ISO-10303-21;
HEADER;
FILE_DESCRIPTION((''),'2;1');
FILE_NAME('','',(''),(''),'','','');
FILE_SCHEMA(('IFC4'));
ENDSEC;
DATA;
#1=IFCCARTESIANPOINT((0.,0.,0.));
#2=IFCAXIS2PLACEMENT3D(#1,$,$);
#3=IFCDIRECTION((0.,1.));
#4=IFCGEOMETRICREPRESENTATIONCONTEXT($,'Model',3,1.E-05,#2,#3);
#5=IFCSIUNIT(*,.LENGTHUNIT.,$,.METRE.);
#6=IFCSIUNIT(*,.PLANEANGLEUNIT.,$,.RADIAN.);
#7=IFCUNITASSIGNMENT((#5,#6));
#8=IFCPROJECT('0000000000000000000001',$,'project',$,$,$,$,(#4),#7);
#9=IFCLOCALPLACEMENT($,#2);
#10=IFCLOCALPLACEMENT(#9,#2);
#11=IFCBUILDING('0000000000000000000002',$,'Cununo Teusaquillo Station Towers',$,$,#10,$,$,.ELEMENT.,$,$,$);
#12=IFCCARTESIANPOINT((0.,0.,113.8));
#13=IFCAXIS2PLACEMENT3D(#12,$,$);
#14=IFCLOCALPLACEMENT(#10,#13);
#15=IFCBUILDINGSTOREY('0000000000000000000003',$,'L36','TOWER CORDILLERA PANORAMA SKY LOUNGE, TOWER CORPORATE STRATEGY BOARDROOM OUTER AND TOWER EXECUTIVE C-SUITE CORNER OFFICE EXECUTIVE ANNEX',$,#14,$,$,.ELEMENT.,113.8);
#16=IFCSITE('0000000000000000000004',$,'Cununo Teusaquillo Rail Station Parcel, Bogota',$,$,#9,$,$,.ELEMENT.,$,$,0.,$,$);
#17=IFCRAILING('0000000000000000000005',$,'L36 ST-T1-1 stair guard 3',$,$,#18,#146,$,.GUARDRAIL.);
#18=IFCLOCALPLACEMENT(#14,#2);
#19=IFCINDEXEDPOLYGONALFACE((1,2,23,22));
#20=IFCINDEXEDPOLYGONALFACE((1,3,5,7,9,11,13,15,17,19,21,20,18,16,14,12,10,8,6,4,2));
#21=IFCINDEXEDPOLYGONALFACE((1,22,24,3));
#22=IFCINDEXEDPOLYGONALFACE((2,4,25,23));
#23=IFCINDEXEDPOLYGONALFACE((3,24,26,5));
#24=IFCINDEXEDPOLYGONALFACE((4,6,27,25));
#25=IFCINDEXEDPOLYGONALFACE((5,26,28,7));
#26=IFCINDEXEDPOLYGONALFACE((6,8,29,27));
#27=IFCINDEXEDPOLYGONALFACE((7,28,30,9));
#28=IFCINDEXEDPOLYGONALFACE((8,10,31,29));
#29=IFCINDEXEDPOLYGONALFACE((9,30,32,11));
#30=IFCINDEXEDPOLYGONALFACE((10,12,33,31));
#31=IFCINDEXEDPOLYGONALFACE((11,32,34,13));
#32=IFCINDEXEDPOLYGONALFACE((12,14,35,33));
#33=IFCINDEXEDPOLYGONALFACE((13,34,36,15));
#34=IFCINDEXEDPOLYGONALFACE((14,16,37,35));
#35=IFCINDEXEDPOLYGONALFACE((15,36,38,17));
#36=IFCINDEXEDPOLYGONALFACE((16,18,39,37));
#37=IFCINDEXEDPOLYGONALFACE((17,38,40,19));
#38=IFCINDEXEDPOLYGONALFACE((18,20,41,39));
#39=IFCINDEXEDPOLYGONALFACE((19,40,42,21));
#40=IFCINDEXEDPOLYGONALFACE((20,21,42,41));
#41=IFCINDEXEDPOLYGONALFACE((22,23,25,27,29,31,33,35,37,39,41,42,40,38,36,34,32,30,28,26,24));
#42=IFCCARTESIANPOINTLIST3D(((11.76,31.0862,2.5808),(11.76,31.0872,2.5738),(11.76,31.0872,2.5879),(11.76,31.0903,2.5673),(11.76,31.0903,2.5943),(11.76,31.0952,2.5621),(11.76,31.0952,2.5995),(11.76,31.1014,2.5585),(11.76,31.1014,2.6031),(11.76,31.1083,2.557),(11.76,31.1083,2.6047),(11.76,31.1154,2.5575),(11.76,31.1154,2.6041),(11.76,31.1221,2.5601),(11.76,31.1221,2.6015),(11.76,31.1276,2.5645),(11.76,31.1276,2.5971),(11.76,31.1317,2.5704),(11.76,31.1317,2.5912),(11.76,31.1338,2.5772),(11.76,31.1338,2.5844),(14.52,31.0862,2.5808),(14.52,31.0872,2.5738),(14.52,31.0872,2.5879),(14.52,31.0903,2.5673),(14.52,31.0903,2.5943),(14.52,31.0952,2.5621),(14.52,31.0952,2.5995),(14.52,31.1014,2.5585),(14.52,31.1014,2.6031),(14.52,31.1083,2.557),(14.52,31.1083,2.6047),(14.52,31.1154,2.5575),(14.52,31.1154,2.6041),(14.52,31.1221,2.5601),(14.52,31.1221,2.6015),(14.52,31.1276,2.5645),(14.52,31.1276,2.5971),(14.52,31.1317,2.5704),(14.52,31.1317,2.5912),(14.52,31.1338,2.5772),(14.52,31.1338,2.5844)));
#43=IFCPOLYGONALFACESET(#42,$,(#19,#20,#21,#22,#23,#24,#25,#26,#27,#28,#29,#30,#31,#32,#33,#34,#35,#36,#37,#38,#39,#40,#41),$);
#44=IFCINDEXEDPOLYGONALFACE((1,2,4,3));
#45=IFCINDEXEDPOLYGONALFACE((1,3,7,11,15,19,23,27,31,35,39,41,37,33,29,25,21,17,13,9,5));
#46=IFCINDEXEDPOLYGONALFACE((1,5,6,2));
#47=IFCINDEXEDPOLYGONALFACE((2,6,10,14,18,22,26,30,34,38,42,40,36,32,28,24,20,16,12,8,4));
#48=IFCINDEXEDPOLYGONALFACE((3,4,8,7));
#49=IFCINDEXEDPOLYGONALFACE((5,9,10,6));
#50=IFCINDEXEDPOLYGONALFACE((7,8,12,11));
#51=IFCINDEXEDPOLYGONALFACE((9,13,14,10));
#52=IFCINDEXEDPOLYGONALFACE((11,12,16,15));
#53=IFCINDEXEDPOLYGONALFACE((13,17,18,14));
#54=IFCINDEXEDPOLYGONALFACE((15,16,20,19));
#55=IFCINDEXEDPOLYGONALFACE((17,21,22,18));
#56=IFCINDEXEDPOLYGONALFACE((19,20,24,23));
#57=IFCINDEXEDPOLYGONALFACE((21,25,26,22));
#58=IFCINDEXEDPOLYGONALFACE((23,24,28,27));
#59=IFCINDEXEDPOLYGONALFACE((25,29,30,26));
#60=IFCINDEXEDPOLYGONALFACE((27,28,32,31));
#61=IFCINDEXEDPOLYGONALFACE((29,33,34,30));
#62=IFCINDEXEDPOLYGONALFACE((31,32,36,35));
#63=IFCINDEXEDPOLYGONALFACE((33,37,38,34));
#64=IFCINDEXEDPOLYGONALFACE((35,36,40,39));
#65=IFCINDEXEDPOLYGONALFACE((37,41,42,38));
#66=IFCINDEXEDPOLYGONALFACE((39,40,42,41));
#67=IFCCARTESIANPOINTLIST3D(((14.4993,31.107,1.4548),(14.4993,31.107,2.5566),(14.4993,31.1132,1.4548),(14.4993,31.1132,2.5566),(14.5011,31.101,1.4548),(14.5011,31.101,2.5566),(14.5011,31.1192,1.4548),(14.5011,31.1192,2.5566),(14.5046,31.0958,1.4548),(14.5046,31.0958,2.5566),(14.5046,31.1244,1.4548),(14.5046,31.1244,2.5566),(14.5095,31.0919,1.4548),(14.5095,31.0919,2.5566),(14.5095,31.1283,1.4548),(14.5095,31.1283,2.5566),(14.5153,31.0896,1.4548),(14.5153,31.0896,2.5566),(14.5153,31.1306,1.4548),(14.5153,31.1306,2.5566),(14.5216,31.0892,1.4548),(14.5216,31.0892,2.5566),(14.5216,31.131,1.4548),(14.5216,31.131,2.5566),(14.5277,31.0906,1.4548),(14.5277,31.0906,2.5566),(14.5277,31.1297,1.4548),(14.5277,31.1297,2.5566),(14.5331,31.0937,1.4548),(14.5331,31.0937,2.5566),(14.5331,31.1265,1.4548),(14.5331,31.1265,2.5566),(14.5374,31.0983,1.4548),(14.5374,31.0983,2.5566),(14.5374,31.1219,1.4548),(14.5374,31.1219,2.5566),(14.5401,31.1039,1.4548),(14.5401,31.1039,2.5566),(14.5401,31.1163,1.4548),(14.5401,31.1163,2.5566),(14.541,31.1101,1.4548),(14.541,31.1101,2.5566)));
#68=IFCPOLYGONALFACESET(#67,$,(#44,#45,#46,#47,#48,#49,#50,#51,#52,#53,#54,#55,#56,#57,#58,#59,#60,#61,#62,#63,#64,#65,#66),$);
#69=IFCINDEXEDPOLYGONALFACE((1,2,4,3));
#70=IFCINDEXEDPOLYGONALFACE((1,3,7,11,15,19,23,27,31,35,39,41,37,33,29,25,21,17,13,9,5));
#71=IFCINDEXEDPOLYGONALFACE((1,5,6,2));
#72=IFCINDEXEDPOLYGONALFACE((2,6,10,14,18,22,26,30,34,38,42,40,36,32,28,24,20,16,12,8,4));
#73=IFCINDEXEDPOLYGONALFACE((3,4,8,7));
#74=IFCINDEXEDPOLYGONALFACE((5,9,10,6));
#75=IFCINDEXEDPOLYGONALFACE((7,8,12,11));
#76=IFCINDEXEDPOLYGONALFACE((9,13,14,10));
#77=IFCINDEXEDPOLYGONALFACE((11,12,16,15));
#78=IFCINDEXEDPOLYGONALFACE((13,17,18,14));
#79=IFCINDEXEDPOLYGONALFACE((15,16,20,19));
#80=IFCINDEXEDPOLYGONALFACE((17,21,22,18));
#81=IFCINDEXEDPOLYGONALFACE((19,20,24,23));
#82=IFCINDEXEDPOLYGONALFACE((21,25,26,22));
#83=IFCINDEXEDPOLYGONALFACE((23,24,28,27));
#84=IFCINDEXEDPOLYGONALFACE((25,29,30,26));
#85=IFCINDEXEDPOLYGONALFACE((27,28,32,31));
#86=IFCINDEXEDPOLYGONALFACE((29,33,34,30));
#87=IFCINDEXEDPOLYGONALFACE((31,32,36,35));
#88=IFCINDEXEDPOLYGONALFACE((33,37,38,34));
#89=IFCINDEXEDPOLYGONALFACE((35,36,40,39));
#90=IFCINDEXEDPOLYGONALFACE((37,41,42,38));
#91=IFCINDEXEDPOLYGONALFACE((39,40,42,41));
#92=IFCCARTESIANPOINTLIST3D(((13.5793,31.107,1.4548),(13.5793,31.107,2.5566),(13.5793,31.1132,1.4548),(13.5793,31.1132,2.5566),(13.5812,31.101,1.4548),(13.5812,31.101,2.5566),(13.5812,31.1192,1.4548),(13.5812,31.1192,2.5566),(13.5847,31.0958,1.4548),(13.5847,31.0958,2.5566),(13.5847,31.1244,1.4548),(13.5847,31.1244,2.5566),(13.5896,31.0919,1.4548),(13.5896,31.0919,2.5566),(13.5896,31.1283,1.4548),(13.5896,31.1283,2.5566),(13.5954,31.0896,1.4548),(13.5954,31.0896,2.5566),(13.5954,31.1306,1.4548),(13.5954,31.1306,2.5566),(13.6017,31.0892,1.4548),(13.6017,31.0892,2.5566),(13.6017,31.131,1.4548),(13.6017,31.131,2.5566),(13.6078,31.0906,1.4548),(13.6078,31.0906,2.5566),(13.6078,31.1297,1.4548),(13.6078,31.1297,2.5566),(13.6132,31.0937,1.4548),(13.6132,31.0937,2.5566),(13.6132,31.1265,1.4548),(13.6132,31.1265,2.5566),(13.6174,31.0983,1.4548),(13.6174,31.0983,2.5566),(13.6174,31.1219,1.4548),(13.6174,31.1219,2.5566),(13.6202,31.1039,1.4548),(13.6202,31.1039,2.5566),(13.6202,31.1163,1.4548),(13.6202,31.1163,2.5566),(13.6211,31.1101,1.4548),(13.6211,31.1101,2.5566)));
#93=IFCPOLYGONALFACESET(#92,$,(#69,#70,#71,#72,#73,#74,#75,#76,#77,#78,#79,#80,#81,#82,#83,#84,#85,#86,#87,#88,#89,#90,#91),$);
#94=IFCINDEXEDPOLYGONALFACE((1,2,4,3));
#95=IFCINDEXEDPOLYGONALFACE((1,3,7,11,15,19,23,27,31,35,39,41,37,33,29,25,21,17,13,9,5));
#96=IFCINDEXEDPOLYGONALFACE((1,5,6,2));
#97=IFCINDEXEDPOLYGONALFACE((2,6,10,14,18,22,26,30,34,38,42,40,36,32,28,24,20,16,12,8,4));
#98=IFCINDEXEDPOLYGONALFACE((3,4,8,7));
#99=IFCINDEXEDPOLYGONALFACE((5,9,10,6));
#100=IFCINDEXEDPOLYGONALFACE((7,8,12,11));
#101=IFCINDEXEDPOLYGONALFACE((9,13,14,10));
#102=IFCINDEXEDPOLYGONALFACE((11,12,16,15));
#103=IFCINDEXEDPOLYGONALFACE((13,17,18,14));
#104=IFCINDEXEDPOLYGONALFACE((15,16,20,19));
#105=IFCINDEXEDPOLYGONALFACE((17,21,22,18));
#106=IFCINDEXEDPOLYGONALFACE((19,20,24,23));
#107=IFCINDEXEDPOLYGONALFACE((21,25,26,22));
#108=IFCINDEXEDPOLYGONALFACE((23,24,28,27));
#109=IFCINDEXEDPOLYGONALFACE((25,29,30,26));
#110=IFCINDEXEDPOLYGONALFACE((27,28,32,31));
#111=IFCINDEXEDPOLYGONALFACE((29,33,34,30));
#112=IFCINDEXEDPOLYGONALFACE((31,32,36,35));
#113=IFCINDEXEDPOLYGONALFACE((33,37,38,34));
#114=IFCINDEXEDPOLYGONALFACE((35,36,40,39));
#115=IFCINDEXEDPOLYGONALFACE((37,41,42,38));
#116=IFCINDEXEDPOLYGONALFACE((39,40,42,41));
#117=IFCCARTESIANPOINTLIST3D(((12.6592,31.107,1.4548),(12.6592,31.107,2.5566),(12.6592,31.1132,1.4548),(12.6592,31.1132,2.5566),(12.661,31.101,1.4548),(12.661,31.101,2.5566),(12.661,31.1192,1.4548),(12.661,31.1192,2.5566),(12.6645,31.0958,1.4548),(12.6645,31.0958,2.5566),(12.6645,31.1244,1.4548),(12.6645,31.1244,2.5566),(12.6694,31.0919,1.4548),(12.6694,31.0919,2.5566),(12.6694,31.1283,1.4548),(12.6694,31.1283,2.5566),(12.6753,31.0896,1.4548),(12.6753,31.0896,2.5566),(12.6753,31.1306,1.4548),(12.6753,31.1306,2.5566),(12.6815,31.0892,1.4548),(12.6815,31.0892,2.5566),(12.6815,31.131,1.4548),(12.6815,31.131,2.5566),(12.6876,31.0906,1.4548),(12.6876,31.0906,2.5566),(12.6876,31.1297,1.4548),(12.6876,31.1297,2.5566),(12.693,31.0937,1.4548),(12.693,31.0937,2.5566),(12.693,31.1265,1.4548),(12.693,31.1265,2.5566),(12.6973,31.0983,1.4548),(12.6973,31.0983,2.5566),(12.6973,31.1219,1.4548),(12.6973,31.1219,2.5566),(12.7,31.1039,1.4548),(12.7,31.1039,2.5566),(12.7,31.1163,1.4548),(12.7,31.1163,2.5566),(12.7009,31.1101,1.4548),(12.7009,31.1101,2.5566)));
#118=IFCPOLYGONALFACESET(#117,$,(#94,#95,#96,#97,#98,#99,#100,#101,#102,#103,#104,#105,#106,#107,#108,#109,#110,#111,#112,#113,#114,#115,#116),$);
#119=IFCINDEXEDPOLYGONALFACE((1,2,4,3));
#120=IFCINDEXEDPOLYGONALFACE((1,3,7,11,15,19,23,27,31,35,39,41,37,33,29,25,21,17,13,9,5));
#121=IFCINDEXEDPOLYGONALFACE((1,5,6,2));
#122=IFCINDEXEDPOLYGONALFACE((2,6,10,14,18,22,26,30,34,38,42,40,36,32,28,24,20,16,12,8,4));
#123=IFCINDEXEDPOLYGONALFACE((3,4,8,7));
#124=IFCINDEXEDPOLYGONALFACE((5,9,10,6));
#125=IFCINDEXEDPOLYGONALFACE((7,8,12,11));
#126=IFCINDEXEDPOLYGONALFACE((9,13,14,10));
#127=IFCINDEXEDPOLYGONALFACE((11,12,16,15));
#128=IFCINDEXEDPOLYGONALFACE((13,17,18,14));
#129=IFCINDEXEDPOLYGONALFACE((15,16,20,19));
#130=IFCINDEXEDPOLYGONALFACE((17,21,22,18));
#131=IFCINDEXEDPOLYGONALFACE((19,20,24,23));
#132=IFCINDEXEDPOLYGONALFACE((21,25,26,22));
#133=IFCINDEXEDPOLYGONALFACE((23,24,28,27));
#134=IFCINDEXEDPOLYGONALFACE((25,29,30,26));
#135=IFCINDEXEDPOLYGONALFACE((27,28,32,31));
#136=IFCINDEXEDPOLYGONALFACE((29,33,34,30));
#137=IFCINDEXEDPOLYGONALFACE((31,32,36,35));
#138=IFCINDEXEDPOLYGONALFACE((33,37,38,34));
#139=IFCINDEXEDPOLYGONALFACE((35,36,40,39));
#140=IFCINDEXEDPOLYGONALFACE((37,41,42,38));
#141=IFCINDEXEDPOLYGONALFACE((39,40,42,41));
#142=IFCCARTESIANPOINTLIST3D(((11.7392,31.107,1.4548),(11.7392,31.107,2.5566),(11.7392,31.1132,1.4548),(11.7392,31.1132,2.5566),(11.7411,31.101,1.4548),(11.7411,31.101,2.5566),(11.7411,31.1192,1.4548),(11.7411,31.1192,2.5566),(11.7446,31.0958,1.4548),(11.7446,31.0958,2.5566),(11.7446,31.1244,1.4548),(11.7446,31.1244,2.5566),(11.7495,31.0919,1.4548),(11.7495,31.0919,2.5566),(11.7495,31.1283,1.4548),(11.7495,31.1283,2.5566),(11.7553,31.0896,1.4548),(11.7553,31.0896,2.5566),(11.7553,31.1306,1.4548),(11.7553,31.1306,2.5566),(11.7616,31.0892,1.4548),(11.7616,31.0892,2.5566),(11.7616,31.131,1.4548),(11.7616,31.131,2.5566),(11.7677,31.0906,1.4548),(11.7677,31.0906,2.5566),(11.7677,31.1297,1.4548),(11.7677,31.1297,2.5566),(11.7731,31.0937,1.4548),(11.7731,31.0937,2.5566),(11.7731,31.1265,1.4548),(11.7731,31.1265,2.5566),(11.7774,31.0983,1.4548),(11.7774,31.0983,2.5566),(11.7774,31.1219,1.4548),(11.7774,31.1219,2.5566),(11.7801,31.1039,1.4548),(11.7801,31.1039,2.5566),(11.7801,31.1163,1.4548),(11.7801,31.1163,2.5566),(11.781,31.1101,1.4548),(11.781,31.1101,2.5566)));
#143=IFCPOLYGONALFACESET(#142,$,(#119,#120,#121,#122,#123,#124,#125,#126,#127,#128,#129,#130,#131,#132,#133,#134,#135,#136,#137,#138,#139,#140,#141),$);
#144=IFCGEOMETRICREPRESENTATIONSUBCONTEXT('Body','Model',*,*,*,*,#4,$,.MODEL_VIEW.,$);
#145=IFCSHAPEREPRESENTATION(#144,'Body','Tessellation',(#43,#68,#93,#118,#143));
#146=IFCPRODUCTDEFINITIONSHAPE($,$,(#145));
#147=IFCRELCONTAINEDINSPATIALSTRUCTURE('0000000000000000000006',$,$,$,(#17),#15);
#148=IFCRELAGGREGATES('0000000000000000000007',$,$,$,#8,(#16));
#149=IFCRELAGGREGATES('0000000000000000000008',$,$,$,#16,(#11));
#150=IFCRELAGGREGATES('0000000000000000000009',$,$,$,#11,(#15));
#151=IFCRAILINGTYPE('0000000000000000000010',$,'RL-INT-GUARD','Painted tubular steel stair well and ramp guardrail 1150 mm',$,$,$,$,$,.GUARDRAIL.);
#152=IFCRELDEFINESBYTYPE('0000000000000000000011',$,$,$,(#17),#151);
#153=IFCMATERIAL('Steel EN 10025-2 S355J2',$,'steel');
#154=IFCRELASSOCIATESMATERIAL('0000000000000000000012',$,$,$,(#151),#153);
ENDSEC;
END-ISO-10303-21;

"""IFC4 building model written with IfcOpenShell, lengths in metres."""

from ifc_helpers import new_model, si_unit, direction, frame, origin, origin_2d, place, context, subcontext, project, spatial, circle, extrude, material, type_object, element, save


model = new_model("IFC4")

# Units and contexts
model_context = context("Model", 3, precision=1e-05, world=origin(), true_north=direction((0.0, 1.0)))
body_context = subcontext(model_context, "Body", "Model", "MODEL_VIEW")
ifc_project = project(units=[si_unit("LENGTHUNIT", "METRE"), si_unit("PLANEANGLEUNIT", "RADIAN")], contexts=[model_context])

# Site, building, storey
site_placement = place(None, origin())
site = spatial("IfcSite", under=ifc_project, at=site_placement, Name="Cununo Teusaquillo Rail Station Parcel, Bogota", CompositionType="ELEMENT", RefElevation=0.0)
building_placement = place(site_placement, origin())
building = spatial("IfcBuilding", under=site, at=building_placement, Name="Cununo Teusaquillo Station Towers", CompositionType="ELEMENT")
storey_placement = place(building_placement, frame((0.0, 0.0, 113.8)))
storey = spatial("IfcBuildingStorey", under=building, at=storey_placement, Name="L36", Description="TOWER CORDILLERA PANORAMA SKY LOUNGE, TOWER CORPORATE STRATEGY BOARDROOM OUTER AND TOWER EXECUTIVE C-SUITE CORNER OFFICE EXECUTIVE ANNEX", CompositionType="ELEMENT", Elevation=113.8)

# Railing
ifc_material_1 = material(Name="Steel EN 10025-2 S355J2", Category="steel")
railing_type_1 = type_object("IfcRailingType", Name="RL-INT-GUARD", Description="Painted tubular steel stair well and ramp guardrail 1150 mm", PredefinedType="GUARDRAIL", material=ifc_material_1)
railing_1_placement = place(storey_placement, frame((14.52, 31.1101, 1.4548)))
element("IfcRailing", 1, at=railing_1_placement, inside=storey, type_object=railing_type_1, Name="L36 ST-T1-1 stair guard 3", PredefinedType="GUARDRAIL", context=body_context, shape_type="SweptSolid", body=[
    extrude(circle(Radius=0.0239, at=origin_2d()), frame((0.0, 0.0, 1.126), z_axis=(-1.0, 0.0, 0.0), x_axis=(0.0, -1.0, 0.0)), (0.0, 0.0, 1.0), 2.76),
    extrude(circle(Radius=0.021, at=origin_2d()), origin(), (0.0, 0.0, 1.0), 1.1018),
    extrude(circle(Radius=0.021, at=origin_2d()), frame((-0.9199, 0.0, 0.0)), (0.0, 0.0, 1.0), 1.1018),
    extrude(circle(Radius=0.021, at=origin_2d()), frame((-1.8401, 0.0, 0.0)), (0.0, 0.0, 1.0), 1.1018),
    extrude(circle(Radius=0.021, at=origin_2d()), frame((-2.76, 0.0, 0.0)), (0.0, 0.0, 1.0), 1.1018),
])

save(model, "model.ifc")
